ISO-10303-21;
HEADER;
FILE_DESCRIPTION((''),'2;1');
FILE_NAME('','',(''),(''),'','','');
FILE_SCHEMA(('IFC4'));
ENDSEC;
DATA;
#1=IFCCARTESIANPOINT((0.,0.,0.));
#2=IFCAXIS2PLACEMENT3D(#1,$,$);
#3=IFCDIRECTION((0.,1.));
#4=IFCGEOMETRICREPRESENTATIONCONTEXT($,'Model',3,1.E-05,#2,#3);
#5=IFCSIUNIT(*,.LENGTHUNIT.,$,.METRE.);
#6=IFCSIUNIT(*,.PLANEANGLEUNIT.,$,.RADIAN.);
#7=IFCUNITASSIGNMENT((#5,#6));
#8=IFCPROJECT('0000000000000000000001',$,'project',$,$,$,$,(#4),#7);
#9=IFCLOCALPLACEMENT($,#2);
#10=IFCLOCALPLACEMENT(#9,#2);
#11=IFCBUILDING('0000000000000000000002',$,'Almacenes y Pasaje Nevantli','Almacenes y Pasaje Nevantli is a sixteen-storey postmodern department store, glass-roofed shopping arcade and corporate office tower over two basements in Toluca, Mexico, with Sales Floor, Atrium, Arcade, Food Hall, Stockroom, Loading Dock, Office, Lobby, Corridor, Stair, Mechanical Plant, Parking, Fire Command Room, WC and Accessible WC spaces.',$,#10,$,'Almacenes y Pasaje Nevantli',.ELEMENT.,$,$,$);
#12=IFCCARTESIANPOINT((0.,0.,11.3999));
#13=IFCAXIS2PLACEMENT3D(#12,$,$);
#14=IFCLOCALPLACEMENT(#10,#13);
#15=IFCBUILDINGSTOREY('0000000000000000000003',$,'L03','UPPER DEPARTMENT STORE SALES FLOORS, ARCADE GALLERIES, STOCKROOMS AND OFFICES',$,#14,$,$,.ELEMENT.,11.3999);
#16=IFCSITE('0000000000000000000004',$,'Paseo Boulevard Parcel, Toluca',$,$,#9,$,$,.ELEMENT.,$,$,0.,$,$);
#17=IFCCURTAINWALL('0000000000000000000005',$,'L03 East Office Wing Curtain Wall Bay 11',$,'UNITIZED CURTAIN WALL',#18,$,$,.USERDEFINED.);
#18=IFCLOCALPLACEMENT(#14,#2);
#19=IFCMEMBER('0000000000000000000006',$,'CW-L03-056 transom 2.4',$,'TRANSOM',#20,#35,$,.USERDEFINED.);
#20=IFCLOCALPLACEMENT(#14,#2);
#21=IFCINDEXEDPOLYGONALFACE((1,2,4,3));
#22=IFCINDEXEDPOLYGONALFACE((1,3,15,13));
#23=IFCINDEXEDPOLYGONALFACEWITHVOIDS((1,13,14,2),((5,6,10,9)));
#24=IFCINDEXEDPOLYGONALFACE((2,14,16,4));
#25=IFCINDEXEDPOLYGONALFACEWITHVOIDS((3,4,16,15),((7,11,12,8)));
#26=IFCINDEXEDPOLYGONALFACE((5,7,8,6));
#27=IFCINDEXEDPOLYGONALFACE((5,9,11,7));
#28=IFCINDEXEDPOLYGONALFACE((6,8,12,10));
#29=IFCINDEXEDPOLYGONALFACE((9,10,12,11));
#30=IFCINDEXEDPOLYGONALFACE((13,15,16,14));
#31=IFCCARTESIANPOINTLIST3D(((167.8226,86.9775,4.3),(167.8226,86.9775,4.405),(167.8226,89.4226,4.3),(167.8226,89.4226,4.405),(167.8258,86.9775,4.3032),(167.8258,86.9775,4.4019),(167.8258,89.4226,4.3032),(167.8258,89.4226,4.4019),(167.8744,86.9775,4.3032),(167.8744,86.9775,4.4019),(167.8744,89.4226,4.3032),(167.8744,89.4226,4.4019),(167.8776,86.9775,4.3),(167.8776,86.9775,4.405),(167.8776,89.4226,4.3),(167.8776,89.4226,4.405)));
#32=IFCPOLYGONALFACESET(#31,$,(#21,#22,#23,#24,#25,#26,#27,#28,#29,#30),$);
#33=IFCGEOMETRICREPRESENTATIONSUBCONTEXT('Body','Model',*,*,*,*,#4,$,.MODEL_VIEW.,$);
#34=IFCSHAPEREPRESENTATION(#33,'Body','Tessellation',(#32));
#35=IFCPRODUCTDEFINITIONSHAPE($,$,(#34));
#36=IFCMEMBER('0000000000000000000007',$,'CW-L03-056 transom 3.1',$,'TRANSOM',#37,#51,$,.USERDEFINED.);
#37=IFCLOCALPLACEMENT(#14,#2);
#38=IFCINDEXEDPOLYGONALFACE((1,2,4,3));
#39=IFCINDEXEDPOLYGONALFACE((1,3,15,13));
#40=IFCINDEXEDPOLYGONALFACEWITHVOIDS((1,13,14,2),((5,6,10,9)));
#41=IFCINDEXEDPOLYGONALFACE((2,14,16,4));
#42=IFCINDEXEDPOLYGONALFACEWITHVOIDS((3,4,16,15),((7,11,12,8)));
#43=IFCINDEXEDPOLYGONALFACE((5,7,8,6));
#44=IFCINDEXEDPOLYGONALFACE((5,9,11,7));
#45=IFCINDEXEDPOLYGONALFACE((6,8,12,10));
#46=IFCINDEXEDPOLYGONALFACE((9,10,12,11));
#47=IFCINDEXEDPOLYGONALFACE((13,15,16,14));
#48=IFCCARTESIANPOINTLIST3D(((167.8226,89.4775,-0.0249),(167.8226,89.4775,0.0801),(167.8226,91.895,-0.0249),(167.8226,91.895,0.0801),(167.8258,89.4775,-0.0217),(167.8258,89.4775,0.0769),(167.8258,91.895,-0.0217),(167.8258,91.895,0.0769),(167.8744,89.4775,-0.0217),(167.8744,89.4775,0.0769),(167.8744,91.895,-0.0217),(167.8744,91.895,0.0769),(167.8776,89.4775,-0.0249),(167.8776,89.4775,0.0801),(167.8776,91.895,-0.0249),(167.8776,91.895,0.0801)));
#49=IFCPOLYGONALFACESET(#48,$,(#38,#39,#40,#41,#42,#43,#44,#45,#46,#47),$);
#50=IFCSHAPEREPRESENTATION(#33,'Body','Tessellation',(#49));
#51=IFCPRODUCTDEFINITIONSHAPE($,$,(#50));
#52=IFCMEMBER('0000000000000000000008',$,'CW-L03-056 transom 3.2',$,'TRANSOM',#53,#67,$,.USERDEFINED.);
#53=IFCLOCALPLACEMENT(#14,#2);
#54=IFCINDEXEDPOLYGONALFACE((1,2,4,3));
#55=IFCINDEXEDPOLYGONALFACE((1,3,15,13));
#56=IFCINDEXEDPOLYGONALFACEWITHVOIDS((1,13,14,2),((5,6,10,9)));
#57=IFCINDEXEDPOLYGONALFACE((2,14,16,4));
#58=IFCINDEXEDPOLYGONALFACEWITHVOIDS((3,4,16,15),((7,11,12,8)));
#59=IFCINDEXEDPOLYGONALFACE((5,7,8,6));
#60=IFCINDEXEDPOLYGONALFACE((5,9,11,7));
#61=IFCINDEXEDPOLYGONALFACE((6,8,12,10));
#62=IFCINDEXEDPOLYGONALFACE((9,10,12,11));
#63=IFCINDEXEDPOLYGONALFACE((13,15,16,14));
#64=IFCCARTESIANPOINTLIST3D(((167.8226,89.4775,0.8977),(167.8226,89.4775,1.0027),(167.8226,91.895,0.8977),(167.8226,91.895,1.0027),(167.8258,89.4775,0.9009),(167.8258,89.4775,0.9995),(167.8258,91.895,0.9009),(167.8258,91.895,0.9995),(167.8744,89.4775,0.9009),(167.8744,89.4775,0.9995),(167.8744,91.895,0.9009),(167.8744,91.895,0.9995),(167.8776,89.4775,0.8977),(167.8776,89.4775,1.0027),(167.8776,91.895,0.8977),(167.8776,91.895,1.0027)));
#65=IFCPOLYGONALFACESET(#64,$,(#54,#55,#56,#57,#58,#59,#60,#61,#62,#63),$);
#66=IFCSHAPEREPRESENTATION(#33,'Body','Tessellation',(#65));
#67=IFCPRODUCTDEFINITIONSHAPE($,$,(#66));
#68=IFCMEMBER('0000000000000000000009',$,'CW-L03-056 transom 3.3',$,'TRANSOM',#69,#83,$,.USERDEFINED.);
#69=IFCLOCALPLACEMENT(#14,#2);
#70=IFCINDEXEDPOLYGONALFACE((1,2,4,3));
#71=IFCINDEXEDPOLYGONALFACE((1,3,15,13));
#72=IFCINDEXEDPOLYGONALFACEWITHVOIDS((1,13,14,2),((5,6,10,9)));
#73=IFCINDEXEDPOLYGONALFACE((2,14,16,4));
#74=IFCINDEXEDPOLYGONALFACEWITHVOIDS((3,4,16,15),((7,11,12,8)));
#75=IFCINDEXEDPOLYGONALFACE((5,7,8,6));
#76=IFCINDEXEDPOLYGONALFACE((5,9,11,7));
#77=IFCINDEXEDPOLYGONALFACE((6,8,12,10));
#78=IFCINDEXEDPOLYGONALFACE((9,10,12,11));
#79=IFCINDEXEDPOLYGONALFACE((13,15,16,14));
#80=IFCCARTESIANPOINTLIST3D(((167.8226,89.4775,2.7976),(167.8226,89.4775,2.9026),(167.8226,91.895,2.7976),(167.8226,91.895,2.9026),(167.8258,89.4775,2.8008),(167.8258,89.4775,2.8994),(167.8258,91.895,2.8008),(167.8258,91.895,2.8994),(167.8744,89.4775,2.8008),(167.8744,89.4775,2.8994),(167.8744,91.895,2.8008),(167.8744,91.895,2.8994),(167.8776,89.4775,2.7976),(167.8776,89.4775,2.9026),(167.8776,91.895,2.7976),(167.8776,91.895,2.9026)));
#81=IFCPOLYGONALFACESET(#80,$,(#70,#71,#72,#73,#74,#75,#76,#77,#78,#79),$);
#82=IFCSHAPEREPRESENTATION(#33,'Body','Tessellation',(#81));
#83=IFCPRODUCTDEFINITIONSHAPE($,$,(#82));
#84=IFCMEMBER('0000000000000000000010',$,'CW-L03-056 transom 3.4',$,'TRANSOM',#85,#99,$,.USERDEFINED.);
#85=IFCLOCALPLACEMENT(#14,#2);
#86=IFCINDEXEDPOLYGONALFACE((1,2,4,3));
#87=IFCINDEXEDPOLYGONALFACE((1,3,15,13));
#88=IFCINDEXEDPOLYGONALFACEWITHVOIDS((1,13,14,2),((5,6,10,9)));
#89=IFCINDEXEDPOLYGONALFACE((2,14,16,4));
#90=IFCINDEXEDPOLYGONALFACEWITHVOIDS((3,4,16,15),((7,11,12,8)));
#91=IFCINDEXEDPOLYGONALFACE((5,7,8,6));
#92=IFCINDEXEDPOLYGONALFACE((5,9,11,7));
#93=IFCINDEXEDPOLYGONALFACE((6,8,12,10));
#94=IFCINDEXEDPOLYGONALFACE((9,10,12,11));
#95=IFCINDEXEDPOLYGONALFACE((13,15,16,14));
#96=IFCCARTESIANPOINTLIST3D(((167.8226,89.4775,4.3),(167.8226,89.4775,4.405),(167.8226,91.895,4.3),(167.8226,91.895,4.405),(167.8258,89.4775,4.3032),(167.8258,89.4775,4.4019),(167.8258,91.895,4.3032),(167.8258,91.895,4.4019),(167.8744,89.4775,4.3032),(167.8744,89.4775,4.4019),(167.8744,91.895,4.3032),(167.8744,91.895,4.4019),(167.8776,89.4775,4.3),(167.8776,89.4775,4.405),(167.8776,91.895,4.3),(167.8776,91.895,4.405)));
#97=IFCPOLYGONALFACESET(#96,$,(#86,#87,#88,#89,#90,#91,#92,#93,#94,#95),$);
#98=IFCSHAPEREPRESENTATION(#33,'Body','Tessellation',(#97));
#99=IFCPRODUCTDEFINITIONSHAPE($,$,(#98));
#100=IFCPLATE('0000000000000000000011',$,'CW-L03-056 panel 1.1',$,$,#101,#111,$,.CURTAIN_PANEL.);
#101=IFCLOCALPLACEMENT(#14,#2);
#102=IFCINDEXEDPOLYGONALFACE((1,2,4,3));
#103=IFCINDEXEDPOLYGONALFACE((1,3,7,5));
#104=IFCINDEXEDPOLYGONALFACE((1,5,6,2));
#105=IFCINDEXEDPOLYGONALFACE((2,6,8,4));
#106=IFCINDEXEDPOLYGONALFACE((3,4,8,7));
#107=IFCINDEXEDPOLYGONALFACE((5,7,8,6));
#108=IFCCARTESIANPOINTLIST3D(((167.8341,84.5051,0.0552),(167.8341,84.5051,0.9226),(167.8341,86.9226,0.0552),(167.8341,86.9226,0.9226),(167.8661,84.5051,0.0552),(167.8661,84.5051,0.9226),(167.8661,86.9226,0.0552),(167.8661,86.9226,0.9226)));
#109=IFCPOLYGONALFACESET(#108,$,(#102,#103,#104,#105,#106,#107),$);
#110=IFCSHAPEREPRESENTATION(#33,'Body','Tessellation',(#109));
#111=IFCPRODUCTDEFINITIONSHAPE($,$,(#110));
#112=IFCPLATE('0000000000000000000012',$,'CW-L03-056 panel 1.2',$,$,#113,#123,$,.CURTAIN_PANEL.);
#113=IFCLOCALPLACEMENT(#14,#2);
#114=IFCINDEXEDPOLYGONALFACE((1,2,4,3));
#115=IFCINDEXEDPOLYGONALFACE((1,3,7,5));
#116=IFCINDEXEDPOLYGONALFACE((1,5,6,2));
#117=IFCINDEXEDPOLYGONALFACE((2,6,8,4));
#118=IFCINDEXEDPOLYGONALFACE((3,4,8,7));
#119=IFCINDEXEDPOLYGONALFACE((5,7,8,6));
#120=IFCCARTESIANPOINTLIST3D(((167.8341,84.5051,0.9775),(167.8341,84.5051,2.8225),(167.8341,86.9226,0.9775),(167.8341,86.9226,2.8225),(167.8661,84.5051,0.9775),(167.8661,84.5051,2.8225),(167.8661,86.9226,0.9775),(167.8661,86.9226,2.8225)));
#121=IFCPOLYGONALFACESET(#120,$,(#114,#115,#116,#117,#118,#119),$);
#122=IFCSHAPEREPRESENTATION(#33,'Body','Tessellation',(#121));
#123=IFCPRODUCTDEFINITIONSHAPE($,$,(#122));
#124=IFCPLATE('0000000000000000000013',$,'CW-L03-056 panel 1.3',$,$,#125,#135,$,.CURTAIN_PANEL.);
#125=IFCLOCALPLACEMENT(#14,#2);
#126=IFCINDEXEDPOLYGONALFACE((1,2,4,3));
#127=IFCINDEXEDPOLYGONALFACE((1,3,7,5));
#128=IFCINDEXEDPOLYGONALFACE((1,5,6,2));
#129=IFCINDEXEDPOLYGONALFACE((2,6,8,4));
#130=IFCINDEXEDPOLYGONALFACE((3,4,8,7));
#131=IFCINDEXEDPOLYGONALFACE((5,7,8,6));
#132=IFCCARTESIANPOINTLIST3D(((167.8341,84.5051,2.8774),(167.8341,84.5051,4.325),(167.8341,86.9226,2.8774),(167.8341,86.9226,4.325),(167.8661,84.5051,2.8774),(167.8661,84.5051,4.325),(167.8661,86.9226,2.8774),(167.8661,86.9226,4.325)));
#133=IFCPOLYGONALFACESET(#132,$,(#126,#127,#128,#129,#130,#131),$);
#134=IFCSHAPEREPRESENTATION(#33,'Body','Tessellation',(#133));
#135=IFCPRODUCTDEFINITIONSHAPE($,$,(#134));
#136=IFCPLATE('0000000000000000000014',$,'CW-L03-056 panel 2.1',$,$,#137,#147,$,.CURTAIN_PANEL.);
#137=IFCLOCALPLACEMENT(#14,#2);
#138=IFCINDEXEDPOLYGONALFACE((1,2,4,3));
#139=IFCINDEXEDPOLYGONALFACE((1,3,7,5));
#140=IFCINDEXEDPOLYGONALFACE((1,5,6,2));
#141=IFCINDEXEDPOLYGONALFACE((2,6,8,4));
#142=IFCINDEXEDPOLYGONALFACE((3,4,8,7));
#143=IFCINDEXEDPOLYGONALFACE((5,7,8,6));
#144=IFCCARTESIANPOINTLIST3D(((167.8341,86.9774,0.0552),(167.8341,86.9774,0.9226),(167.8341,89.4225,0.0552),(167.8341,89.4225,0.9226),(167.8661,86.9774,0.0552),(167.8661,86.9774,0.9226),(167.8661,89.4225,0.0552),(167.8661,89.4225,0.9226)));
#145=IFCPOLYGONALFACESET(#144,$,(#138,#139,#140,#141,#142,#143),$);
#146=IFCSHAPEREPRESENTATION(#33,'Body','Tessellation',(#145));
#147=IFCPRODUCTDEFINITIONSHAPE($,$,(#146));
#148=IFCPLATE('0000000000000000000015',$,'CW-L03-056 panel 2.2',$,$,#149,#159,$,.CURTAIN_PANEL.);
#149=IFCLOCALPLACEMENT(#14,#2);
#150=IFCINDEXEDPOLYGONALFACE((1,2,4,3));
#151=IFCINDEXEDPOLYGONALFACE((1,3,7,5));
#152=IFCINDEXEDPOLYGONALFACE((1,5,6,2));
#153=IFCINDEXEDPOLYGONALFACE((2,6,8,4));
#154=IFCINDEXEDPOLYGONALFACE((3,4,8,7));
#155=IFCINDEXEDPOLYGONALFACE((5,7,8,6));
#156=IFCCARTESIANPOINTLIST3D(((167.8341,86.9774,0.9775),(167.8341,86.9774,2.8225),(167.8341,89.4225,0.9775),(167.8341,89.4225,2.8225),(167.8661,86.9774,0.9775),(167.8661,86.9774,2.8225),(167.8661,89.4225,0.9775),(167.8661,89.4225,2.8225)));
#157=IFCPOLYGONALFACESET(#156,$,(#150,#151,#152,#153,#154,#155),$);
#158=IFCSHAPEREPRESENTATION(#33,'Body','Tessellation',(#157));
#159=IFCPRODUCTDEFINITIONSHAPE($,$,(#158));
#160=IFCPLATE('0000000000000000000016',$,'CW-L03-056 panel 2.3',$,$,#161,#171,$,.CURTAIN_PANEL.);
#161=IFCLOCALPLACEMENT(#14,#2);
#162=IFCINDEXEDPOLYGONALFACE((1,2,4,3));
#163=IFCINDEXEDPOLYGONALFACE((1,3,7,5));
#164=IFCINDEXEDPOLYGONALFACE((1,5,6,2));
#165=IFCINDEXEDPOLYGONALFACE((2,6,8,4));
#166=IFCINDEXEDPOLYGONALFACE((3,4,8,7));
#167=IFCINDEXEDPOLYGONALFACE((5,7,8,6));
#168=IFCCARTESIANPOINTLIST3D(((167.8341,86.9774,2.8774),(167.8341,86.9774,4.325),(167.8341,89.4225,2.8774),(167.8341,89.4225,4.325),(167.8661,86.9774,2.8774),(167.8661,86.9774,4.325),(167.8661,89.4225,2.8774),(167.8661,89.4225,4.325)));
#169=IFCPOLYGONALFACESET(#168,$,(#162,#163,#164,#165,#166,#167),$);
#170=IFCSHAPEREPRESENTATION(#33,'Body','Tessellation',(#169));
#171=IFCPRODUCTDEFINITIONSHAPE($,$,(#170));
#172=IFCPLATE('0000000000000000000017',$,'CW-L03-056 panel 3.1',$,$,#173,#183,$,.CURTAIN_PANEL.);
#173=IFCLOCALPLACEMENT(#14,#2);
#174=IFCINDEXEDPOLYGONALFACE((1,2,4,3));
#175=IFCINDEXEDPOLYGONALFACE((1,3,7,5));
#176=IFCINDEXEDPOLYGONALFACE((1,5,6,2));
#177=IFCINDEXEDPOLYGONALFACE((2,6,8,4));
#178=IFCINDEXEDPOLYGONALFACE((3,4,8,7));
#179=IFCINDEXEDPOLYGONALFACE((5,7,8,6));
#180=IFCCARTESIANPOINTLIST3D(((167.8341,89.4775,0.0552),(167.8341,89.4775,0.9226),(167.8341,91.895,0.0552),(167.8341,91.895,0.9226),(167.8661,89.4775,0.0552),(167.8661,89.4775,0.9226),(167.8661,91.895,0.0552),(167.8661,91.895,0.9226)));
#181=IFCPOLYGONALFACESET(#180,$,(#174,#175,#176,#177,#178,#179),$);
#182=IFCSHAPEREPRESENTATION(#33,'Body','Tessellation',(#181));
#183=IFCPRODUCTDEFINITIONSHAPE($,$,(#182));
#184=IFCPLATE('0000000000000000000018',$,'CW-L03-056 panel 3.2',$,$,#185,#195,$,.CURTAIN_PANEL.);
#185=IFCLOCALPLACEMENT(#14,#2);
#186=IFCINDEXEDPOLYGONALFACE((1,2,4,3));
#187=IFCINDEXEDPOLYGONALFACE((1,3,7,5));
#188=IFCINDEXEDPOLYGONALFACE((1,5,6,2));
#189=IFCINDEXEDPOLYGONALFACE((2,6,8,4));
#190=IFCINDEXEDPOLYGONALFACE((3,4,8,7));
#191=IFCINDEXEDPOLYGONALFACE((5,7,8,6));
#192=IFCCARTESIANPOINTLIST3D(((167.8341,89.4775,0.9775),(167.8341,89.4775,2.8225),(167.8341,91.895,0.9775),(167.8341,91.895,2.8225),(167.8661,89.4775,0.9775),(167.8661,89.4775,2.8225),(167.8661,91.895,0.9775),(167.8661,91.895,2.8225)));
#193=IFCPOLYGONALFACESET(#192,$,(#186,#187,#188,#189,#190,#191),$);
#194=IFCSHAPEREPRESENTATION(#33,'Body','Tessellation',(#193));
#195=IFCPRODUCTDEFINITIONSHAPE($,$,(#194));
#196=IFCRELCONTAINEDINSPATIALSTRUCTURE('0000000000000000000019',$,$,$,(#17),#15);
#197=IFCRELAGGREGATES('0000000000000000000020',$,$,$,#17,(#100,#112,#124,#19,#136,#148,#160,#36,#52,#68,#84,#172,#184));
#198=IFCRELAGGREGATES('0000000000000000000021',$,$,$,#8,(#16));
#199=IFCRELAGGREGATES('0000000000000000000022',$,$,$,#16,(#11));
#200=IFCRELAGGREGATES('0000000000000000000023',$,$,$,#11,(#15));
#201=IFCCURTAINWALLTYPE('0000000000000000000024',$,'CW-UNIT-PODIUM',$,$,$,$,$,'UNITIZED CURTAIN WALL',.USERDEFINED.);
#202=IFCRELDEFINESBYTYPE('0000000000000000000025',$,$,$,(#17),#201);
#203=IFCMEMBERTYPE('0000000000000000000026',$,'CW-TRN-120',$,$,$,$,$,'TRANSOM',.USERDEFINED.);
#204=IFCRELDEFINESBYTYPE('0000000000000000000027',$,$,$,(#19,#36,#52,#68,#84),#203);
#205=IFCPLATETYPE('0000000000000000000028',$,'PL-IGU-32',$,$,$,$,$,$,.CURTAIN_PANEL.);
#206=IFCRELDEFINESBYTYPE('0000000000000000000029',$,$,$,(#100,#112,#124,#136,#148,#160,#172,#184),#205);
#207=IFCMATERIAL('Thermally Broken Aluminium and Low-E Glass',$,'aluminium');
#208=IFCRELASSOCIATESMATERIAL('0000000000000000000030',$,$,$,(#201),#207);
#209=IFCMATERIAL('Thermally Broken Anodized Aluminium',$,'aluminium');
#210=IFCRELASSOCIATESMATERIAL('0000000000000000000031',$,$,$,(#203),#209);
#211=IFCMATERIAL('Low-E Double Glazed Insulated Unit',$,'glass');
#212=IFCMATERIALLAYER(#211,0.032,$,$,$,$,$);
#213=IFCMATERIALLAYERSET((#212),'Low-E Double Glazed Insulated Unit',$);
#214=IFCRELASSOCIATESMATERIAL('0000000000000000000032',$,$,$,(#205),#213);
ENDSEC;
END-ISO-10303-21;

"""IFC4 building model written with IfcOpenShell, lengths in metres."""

from ifc_helpers import new_model, si_unit, direction, frame, origin, origin_2d, place, context, subcontext, project, spatial, rectangle, hollow_rectangle, extrude, material, layer, layer_set, material_profile, profile_set, type_object, element, aggregate, save


model = new_model("IFC4")

# Units and contexts
model_context = context("Model", 3, precision=1e-05, world=origin(), true_north=direction((0.0, 1.0)))
body_context = subcontext(model_context, "Body", "Model", "MODEL_VIEW")
ifc_project = project(units=[si_unit("LENGTHUNIT", "METRE"), si_unit("PLANEANGLEUNIT", "RADIAN")], contexts=[model_context])

# Site, building, storey
site_placement = place(None, origin())
site = spatial("IfcSite", under=ifc_project, at=site_placement, Name="Paseo Boulevard Parcel, Toluca", CompositionType="ELEMENT", RefElevation=0.0)
building_placement = place(site_placement, origin())
building = spatial("IfcBuilding", under=site, at=building_placement, Name="Almacenes y Pasaje Nevantli", Description="Almacenes y Pasaje Nevantli is a sixteen-storey postmodern department store, glass-roofed shopping arcade and corporate office tower over two basements in Toluca, Mexico, with Sales Floor, Atrium, Arcade, Food Hall, Stockroom, Loading Dock, Office, Lobby, Corridor, Stair, Mechanical Plant, Parking, Fire Command Room, WC and Accessible WC spaces.", LongName="Almacenes y Pasaje Nevantli", CompositionType="ELEMENT")
storey_placement = place(building_placement, frame((0.0, 0.0, 11.3999)))
storey = spatial("IfcBuildingStorey", under=building, at=storey_placement, Name="L03", Description="UPPER DEPARTMENT STORE SALES FLOORS, ARCADE GALLERIES, STOCKROOMS AND OFFICES", CompositionType="ELEMENT", Elevation=11.3999)

# Curtain wall, members, plates
ifc_material_1 = material(Name="Thermally Broken Aluminium and Low-E Glass", Category="aluminium")
curtain_wall_type = type_object("IfcCurtainWallType", Name="CW-UNIT-PODIUM", ElementType="UNITIZED CURTAIN WALL", PredefinedType="USERDEFINED", material=ifc_material_1)
curtain_wall_placement = place(storey_placement, origin())
curtain_wall = element("IfcCurtainWall", 1, at=curtain_wall_placement, inside=storey, type_object=curtain_wall_type, Name="L03 East Office Wing Curtain Wall Bay 11", ObjectType="UNITIZED CURTAIN WALL", PredefinedType="USERDEFINED")
ifc_material_2 = material(Name="Thermally Broken Anodized Aluminium", Category="aluminium")
ifc_material_profile_1 = material_profile(ifc_material_2, hollow_rectangle(XDim=0.0549, YDim=0.105, WallThickness=0.0032, at=origin_2d()), Name="ALU-TRN-55x105")
ifc_profile_set_1 = profile_set([ifc_material_profile_1], Name="Thermally Broken Anodized Aluminium")
member_type_1 = type_object("IfcMemberType", Name="CW-TRN-120", ElementType="TRANSOM", PredefinedType="USERDEFINED", material=ifc_profile_set_1)
member_1_placement = place(storey_placement, frame((167.8501, 86.9775, 4.3525), z_axis=(0.0, 1.0, 0.0), x_axis=(-1.0, 0.0, 0.0)))
member_1 = element("IfcMember", 2, at=member_1_placement, type_object=member_type_1, Name="CW-L03-056 transom 2.4", ObjectType="TRANSOM", PredefinedType="USERDEFINED", context=body_context, shape_type="SweptSolid", body=[
    extrude(hollow_rectangle(XDim=0.0549, YDim=0.105, WallThickness=0.0032, at=origin_2d()), origin(), (0.0, 0.0, 1.0), 2.4451),
])
member_2_placement = place(storey_placement, frame((167.8501, 89.4775, 0.0276), z_axis=(0.0, 1.0, 0.0), x_axis=(-1.0, 0.0, 0.0)))
member_2 = element("IfcMember", 3, at=member_2_placement, type_object=member_type_1, Name="CW-L03-056 transom 3.1", ObjectType="TRANSOM", PredefinedType="USERDEFINED", context=body_context, shape_type="SweptSolid", body=[
    extrude(hollow_rectangle(XDim=0.0549, YDim=0.105, WallThickness=0.0032, at=origin_2d()), origin(), (0.0, 0.0, 1.0), 2.4175),
])
member_3_placement = place(storey_placement, frame((167.8501, 89.4775, 0.9502), z_axis=(0.0, 1.0, 0.0), x_axis=(-1.0, 0.0, 0.0)))
member_3 = element("IfcMember", 4, at=member_3_placement, type_object=member_type_1, Name="CW-L03-056 transom 3.2", ObjectType="TRANSOM", PredefinedType="USERDEFINED", context=body_context, shape_type="SweptSolid", body=[
    extrude(hollow_rectangle(XDim=0.0549, YDim=0.105, WallThickness=0.0032, at=origin_2d()), origin(), (0.0, 0.0, 1.0), 2.4175),
])
member_4_placement = place(storey_placement, frame((167.8501, 89.4775, 2.8501), z_axis=(0.0, 1.0, 0.0), x_axis=(-1.0, 0.0, 0.0)))
member_4 = element("IfcMember", 5, at=member_4_placement, type_object=member_type_1, Name="CW-L03-056 transom 3.3", ObjectType="TRANSOM", PredefinedType="USERDEFINED", context=body_context, shape_type="SweptSolid", body=[
    extrude(hollow_rectangle(XDim=0.0549, YDim=0.105, WallThickness=0.0032, at=origin_2d()), origin(), (0.0, 0.0, 1.0), 2.4175),
])
member_5_placement = place(storey_placement, frame((167.8501, 89.4775, 4.3525), z_axis=(0.0, 1.0, 0.0), x_axis=(-1.0, 0.0, 0.0)))
member_5 = element("IfcMember", 6, at=member_5_placement, type_object=member_type_1, Name="CW-L03-056 transom 3.4", ObjectType="TRANSOM", PredefinedType="USERDEFINED", context=body_context, shape_type="SweptSolid", body=[
    extrude(hollow_rectangle(XDim=0.0549, YDim=0.105, WallThickness=0.0032, at=origin_2d()), origin(), (0.0, 0.0, 1.0), 2.4175),
])
ifc_material_3 = material(Name="Low-E Double Glazed Insulated Unit", Category="glass")
ifc_layer = layer(ifc_material_3, 0.032)
ifc_layer_set = layer_set([ifc_layer], Name="Low-E Double Glazed Insulated Unit")
plate_type = type_object("IfcPlateType", Name="PL-IGU-32", PredefinedType="CURTAIN_PANEL", material=ifc_layer_set)
plate_1_placement = place(storey_placement, frame((167.8501, 85.7139, 0.0552), z_axis=(0.0, 0.0, 1.0), x_axis=(0.0, 1.0, 0.0)))
plate_1 = element("IfcPlate", 7, at=plate_1_placement, type_object=plate_type, Name="CW-L03-056 panel 1.1", PredefinedType="CURTAIN_PANEL", context=body_context, shape_type="SweptSolid", body=[
    extrude(rectangle(XDim=2.4175, YDim=0.032, at=origin_2d()), origin(), (0.0, 0.0, 1.0), 0.8674),
])
plate_2_placement = place(storey_placement, frame((167.8501, 85.7139, 0.9775), z_axis=(0.0, 0.0, 1.0), x_axis=(0.0, 1.0, 0.0)))
plate_2 = element("IfcPlate", 8, at=plate_2_placement, type_object=plate_type, Name="CW-L03-056 panel 1.2", PredefinedType="CURTAIN_PANEL", context=body_context, shape_type="SweptSolid", body=[
    extrude(rectangle(XDim=2.4175, YDim=0.032, at=origin_2d()), origin(), (0.0, 0.0, 1.0), 1.845),
])
plate_3_placement = place(storey_placement, frame((167.8501, 85.7139, 2.8774), z_axis=(0.0, 0.0, 1.0), x_axis=(0.0, 1.0, 0.0)))
plate_3 = element("IfcPlate", 9, at=plate_3_placement, type_object=plate_type, Name="CW-L03-056 panel 1.3", PredefinedType="CURTAIN_PANEL", context=body_context, shape_type="SweptSolid", body=[
    extrude(rectangle(XDim=2.4175, YDim=0.032, at=origin_2d()), origin(), (0.0, 0.0, 1.0), 1.4475),
])
plate_4_placement = place(storey_placement, frame((167.8501, 88.2, 0.0552), z_axis=(0.0, 0.0, 1.0), x_axis=(0.0, 1.0, 0.0)))
plate_4 = element("IfcPlate", 10, at=plate_4_placement, type_object=plate_type, Name="CW-L03-056 panel 2.1", PredefinedType="CURTAIN_PANEL", context=body_context, shape_type="SweptSolid", body=[
    extrude(rectangle(XDim=2.4451, YDim=0.032, at=origin_2d()), origin(), (0.0, 0.0, 1.0), 0.8674),
])
plate_5_placement = place(storey_placement, frame((167.8501, 88.2, 0.9775), z_axis=(0.0, 0.0, 1.0), x_axis=(0.0, 1.0, 0.0)))
plate_5 = element("IfcPlate", 11, at=plate_5_placement, type_object=plate_type, Name="CW-L03-056 panel 2.2", PredefinedType="CURTAIN_PANEL", context=body_context, shape_type="SweptSolid", body=[
    extrude(rectangle(XDim=2.4451, YDim=0.032, at=origin_2d()), origin(), (0.0, 0.0, 1.0), 1.845),
])
plate_6_placement = place(storey_placement, frame((167.8501, 88.2, 2.8774), z_axis=(0.0, 0.0, 1.0), x_axis=(0.0, 1.0, 0.0)))
plate_6 = element("IfcPlate", 12, at=plate_6_placement, type_object=plate_type, Name="CW-L03-056 panel 2.3", PredefinedType="CURTAIN_PANEL", context=body_context, shape_type="SweptSolid", body=[
    extrude(rectangle(XDim=2.4451, YDim=0.032, at=origin_2d()), origin(), (0.0, 0.0, 1.0), 1.4475),
])
plate_7_placement = place(storey_placement, frame((167.8501, 90.6863, 0.0552), z_axis=(0.0, 0.0, 1.0), x_axis=(0.0, 1.0, 0.0)))
plate_7 = element("IfcPlate", 13, at=plate_7_placement, type_object=plate_type, Name="CW-L03-056 panel 3.1", PredefinedType="CURTAIN_PANEL", context=body_context, shape_type="SweptSolid", body=[
    extrude(rectangle(XDim=2.4175, YDim=0.032, at=origin_2d()), origin(), (0.0, 0.0, 1.0), 0.8674),
])
plate_8_placement = place(storey_placement, frame((167.8501, 90.6863, 0.9775), z_axis=(0.0, 0.0, 1.0), x_axis=(0.0, 1.0, 0.0)))
plate_8 = element("IfcPlate", 14, at=plate_8_placement, type_object=plate_type, Name="CW-L03-056 panel 3.2", PredefinedType="CURTAIN_PANEL", context=body_context, shape_type="SweptSolid", body=[
    extrude(rectangle(XDim=2.4175, YDim=0.032, at=origin_2d()), origin(), (0.0, 0.0, 1.0), 1.845),
])
aggregate(curtain_wall, [plate_1, plate_2, plate_3, member_1, plate_4, plate_5, plate_6, member_2, member_3, member_4, member_5, plate_7, plate_8])

save(model, "model.ifc")
